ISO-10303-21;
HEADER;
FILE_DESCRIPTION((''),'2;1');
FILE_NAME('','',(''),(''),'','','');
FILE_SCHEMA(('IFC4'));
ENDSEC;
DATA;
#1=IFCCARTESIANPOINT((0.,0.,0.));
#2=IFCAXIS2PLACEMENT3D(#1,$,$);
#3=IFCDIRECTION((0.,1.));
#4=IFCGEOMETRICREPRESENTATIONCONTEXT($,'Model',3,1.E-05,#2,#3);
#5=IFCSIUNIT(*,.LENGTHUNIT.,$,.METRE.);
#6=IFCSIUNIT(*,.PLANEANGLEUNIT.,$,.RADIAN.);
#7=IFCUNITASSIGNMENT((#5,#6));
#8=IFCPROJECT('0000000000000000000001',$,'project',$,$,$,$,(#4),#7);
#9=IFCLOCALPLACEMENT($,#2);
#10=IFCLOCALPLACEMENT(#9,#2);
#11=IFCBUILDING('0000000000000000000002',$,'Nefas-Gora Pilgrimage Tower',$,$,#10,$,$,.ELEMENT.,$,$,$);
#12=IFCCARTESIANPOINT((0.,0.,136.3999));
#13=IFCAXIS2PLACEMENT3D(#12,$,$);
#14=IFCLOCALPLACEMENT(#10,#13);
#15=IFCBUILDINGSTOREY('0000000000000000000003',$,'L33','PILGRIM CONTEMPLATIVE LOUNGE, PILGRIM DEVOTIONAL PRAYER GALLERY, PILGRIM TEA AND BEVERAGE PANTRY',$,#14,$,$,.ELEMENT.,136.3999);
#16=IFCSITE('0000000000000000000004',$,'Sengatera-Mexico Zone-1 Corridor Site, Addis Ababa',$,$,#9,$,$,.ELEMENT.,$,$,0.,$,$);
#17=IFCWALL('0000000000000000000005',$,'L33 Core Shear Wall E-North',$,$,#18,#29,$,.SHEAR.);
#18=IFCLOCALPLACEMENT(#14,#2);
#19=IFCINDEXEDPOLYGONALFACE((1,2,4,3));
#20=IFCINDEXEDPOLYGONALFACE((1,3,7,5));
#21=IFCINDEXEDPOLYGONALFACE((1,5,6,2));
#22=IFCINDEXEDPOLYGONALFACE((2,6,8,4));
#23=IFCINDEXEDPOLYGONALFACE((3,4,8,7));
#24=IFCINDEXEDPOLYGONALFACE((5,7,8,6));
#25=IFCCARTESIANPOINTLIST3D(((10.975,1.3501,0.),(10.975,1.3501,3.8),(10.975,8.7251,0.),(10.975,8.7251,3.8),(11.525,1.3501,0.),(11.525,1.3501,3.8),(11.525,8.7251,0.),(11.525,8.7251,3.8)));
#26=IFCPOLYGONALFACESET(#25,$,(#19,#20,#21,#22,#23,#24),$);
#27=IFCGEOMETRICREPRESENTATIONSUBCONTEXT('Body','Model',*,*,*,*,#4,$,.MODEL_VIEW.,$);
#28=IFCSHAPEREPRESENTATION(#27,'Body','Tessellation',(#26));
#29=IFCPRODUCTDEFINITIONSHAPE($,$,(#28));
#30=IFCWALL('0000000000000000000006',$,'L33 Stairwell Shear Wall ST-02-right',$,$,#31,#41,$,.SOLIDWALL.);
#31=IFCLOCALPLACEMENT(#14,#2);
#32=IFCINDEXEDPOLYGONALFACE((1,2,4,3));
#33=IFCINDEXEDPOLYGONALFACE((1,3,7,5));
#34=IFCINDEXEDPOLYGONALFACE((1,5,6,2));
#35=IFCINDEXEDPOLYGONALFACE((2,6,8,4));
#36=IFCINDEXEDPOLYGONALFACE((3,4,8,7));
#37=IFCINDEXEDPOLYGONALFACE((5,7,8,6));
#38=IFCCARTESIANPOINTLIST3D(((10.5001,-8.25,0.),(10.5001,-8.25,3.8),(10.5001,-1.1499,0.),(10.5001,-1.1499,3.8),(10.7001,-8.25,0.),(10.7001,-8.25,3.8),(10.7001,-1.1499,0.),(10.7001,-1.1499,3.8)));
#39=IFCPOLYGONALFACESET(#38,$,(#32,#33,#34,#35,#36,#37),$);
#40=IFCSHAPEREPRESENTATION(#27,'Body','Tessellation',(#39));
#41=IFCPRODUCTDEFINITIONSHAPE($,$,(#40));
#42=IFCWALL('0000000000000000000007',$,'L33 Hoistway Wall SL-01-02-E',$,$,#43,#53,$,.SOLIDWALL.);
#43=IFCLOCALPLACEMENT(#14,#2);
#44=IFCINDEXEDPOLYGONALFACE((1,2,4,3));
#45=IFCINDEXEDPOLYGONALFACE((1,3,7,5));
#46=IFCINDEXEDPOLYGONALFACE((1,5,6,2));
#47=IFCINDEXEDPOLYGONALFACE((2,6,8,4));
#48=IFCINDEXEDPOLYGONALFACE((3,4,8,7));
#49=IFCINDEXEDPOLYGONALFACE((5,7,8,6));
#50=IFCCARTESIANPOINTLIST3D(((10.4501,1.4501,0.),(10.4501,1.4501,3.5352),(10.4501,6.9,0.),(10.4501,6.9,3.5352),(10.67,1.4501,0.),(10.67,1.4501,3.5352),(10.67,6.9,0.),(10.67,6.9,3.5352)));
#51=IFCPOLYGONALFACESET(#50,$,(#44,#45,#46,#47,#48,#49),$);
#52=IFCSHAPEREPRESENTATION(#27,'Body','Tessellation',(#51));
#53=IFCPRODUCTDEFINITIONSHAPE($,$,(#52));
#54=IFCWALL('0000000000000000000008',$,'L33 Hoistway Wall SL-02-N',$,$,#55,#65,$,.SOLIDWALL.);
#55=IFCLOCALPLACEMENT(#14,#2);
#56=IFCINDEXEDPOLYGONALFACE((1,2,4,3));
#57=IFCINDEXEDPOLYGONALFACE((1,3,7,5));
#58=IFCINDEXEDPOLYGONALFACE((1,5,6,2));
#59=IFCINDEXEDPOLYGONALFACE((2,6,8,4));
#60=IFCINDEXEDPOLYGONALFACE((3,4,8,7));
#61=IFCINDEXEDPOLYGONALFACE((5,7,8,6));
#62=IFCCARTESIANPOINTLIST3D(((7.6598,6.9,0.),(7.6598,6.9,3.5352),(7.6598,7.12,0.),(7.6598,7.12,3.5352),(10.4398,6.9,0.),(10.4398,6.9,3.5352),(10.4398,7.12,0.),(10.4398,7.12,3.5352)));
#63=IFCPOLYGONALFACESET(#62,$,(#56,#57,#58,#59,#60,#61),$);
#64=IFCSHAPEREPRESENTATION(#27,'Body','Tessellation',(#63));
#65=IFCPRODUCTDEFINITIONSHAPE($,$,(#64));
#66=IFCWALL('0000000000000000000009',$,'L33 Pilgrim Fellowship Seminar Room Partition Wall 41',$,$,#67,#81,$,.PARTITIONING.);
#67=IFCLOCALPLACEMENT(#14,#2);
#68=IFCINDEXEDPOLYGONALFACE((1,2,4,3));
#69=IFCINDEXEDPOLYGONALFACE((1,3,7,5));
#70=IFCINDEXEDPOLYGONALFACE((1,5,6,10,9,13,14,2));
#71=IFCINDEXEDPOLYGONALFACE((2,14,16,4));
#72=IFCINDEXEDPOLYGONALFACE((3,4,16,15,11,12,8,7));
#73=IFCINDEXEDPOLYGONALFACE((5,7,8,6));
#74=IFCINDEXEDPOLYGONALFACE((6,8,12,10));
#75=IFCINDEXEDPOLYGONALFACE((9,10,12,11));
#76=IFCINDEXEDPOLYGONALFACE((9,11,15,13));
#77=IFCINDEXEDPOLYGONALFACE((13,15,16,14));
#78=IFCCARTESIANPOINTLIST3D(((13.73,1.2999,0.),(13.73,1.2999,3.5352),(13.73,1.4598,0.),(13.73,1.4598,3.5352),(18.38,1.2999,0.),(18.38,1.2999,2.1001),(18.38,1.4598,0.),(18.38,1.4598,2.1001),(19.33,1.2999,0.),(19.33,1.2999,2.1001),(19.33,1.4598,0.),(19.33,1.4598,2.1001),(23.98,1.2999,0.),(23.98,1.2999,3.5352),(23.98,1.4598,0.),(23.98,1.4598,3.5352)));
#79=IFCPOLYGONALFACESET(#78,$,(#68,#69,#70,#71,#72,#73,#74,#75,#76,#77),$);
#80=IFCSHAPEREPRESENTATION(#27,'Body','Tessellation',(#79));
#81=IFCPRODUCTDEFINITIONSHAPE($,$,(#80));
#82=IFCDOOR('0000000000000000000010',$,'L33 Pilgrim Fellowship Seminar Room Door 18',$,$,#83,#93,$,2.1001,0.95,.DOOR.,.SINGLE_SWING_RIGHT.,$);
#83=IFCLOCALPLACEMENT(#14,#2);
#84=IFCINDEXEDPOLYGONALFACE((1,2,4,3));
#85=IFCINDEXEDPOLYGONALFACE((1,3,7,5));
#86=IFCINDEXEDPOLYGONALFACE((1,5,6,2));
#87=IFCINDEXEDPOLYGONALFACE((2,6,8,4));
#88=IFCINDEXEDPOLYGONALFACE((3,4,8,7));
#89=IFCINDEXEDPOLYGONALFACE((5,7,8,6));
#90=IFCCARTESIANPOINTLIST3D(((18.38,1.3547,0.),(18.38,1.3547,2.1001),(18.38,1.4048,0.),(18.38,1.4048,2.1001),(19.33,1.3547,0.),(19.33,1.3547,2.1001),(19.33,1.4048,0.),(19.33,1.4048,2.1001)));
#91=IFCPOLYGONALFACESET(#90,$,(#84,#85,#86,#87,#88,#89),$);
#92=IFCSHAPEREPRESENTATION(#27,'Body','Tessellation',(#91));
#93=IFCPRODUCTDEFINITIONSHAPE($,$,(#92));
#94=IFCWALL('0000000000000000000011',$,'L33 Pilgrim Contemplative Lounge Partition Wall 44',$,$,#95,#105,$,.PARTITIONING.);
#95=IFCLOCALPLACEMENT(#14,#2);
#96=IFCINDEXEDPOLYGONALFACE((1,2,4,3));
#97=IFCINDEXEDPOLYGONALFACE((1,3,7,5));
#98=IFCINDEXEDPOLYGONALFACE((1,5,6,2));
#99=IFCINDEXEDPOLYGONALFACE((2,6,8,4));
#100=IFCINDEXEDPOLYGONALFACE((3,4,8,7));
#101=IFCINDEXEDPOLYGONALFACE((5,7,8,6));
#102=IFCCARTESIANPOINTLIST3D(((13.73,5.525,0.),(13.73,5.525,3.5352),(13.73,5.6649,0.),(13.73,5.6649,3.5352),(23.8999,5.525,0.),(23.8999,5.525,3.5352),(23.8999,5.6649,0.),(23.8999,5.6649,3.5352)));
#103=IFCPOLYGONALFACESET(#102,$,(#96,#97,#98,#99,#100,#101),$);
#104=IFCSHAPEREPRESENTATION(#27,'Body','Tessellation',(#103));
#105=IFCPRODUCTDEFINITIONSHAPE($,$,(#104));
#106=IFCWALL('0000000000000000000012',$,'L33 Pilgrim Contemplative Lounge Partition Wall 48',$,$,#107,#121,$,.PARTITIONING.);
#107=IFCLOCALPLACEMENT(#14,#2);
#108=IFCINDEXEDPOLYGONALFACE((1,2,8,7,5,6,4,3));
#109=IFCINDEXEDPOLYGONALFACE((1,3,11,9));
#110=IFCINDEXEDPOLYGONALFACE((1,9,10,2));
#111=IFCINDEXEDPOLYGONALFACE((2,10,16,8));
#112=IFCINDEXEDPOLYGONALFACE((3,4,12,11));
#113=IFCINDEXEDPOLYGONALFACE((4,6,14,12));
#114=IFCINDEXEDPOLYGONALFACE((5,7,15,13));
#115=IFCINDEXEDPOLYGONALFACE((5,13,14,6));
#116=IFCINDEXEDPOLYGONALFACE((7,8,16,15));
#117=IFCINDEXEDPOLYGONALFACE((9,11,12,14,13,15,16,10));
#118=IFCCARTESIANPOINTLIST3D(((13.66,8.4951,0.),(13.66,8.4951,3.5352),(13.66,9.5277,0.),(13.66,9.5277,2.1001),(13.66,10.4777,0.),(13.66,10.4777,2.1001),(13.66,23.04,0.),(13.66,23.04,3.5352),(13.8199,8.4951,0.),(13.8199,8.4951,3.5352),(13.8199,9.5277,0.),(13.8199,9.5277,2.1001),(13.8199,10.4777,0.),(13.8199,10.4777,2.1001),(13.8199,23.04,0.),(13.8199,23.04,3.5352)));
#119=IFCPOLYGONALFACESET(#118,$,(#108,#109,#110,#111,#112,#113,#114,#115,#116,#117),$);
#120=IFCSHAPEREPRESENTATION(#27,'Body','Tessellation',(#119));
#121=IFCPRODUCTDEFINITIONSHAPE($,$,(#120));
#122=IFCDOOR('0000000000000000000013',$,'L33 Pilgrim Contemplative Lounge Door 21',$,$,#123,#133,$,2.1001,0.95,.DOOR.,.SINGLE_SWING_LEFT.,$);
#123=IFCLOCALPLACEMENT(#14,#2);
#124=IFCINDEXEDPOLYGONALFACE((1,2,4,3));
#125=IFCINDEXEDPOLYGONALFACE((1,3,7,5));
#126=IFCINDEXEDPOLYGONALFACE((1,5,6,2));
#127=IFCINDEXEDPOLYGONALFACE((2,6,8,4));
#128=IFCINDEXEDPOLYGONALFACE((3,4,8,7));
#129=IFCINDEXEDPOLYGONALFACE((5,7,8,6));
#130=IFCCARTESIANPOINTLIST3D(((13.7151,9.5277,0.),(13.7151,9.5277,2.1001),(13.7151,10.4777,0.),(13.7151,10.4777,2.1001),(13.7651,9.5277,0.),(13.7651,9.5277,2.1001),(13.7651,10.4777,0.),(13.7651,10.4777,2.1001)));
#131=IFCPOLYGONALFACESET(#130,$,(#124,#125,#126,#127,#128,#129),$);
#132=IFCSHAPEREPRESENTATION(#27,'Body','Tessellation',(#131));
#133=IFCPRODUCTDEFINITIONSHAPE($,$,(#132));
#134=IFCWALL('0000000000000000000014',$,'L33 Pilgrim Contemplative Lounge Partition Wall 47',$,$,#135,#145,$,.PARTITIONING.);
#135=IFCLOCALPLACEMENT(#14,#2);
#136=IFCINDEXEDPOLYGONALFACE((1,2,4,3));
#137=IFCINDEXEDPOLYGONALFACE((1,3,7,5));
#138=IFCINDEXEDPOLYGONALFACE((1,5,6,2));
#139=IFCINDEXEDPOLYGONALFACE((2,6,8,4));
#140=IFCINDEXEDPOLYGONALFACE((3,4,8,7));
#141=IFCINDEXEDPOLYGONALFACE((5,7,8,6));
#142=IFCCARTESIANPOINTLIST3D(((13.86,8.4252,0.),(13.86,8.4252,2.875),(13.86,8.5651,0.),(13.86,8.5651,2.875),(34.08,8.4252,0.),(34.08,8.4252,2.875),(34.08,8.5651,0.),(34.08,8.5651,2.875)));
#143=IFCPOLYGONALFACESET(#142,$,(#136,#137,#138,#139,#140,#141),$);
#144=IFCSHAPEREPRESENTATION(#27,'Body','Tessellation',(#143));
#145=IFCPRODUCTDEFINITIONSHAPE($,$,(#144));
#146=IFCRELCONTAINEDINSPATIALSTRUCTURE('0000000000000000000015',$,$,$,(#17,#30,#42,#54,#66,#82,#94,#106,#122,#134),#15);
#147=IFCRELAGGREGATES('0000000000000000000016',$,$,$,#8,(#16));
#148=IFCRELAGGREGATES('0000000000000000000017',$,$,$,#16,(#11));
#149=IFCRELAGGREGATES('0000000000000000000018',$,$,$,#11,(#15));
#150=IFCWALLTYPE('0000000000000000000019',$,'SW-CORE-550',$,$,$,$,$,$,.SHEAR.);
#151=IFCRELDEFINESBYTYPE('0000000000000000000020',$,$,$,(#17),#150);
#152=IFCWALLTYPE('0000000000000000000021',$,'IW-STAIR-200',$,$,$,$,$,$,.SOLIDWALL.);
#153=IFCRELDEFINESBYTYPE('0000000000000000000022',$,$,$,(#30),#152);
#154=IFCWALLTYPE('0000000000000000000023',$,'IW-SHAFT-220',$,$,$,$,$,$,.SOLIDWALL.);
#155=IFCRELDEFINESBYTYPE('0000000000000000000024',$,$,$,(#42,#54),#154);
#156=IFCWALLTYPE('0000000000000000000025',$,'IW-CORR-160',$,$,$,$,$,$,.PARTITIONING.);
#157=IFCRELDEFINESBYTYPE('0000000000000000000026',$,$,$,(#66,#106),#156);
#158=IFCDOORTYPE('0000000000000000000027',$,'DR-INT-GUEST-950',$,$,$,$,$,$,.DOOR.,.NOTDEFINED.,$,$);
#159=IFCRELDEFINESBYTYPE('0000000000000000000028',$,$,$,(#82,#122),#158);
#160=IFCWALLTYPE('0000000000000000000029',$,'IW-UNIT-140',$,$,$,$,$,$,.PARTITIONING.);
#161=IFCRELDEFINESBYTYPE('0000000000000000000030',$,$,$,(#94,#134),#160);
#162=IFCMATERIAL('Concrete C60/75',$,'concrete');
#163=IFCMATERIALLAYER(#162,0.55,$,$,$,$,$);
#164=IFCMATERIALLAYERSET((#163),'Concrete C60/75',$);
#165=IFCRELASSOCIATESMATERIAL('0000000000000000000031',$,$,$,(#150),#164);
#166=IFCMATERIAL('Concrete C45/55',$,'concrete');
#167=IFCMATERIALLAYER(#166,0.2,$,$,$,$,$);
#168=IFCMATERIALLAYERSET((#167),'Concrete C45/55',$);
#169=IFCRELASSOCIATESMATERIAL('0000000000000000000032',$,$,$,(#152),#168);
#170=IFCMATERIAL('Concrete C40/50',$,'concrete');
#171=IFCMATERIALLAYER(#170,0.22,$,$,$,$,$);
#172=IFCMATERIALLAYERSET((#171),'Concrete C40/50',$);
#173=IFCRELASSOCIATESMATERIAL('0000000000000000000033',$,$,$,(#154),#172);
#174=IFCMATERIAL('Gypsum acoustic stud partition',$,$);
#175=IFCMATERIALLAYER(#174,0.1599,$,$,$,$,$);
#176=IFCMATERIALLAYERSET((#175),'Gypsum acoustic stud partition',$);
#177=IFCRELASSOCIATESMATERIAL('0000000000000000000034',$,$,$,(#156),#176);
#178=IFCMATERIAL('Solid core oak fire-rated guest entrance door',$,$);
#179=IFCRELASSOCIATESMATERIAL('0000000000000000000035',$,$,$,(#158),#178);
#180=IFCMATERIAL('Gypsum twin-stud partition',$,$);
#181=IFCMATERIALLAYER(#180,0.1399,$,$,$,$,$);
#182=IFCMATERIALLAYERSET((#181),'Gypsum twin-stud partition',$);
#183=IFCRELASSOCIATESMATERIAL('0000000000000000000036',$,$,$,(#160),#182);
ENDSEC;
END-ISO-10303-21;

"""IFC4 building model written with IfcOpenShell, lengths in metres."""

from ifc_helpers import new_model, si_unit, direction, frame, frame_2d, origin, place, context, subcontext, project, spatial, rectangle, extrude, source, transform, mapped, material, layer, layer_set, type_object, element, fill, save


model = new_model("IFC4")

# Units and contexts
model_context = context("Model", 3, precision=1e-05, world=origin(), true_north=direction((0.0, 1.0)))
body_context = subcontext(model_context, "Body", "Model", "MODEL_VIEW")
ifc_project = project(units=[si_unit("LENGTHUNIT", "METRE"), si_unit("PLANEANGLEUNIT", "RADIAN")], contexts=[model_context])

# Site, building, storey
site_placement = place(None, origin())
site = spatial("IfcSite", under=ifc_project, at=site_placement, Name="Sengatera-Mexico Zone-1 Corridor Site, Addis Ababa", CompositionType="ELEMENT", RefElevation=0.0)
building_placement = place(site_placement, origin())
building = spatial("IfcBuilding", under=site, at=building_placement, Name="Nefas-Gora Pilgrimage Tower", CompositionType="ELEMENT")
storey_placement = place(building_placement, frame((0.0, 0.0, 136.3999)))
storey = spatial("IfcBuildingStorey", under=building, at=storey_placement, Name="L33", Description="PILGRIM CONTEMPLATIVE LOUNGE, PILGRIM DEVOTIONAL PRAYER GALLERY, PILGRIM TEA AND BEVERAGE PANTRY", CompositionType="ELEMENT", Elevation=136.3999)

# Walls
ifc_material_1 = material(Name="Concrete C60/75", Category="concrete")
ifc_layer_1 = layer(ifc_material_1, 0.55)
ifc_layer_set_1 = layer_set([ifc_layer_1], Name="Concrete C60/75")
wall_type_1 = type_object("IfcWallType", Name="SW-CORE-550", PredefinedType="SHEAR", material=ifc_layer_set_1)
shared_shape_1 = source(origin(), body_context, "Body", "SweptSolid", [
    extrude(rectangle(XDim=7.375, YDim=0.55, at=frame_2d((3.6875, 0.0))), origin(), (0.0, 0.0, 1.0), 3.8),
])
wall_1_placement = place(storey_placement, frame((11.25, 1.3501, 0.0), z_axis=(0.0, 0.0, 1.0), x_axis=(0.0, 1.0, 0.0)))
element("IfcWall", 1, at=wall_1_placement, inside=storey, type_object=wall_type_1, Name="L33 Core Shear Wall E-North", PredefinedType="SHEAR", context=body_context, shape_type="MappedRepresentation", body=[
    mapped(shared_shape_1, transform((0.0, 0.0, 0.0), x_axis=(1.0, 0.0, 0.0), y_axis=(0.0, 1.0, 0.0), z_axis=(0.0, 0.0, 1.0), scale=1.0)),
])
ifc_material_2 = material(Name="Concrete C45/55", Category="concrete")
ifc_layer_2 = layer(ifc_material_2, 0.2)
ifc_layer_set_2 = layer_set([ifc_layer_2], Name="Concrete C45/55")
wall_type_2 = type_object("IfcWallType", Name="IW-STAIR-200", PredefinedType="SOLIDWALL", material=ifc_layer_set_2)
shared_shape_2 = source(origin(), body_context, "Body", "SweptSolid", [
    extrude(rectangle(XDim=7.1001, YDim=0.2, at=frame_2d((3.55, 0.0))), origin(), (0.0, 0.0, 1.0), 3.8),
])
wall_2_placement = place(storey_placement, frame((10.6001, -1.1499, 0.0), z_axis=(0.0, 0.0, 1.0), x_axis=(0.0, -1.0, 0.0)))
element("IfcWall", 2, at=wall_2_placement, inside=storey, type_object=wall_type_2, Name="L33 Stairwell Shear Wall ST-02-right", PredefinedType="SOLIDWALL", context=body_context, shape_type="MappedRepresentation", body=[
    mapped(shared_shape_2, transform((0.0, 0.0, 0.0), x_axis=(1.0, 0.0, 0.0), y_axis=(0.0, 1.0, 0.0), z_axis=(0.0, 0.0, 1.0), scale=1.0)),
])
ifc_material_3 = material(Name="Concrete C40/50", Category="concrete")
ifc_layer_3 = layer(ifc_material_3, 0.22)
ifc_layer_set_3 = layer_set([ifc_layer_3], Name="Concrete C40/50")
wall_type_3 = type_object("IfcWallType", Name="IW-SHAFT-220", PredefinedType="SOLIDWALL", material=ifc_layer_set_3)
shared_shape_3 = source(origin(), body_context, "Body", "SweptSolid", [
    extrude(rectangle(XDim=5.45, YDim=0.22, at=frame_2d((2.7251, 0.0))), origin(), (0.0, 0.0, 1.0), 3.5352),
])
wall_3_placement = place(storey_placement, frame((10.5601, 1.45, 0.0), z_axis=(0.0, 0.0, 1.0), x_axis=(0.0, 1.0, 0.0)))
element("IfcWall", 3, at=wall_3_placement, inside=storey, type_object=wall_type_3, Name="L33 Hoistway Wall SL-01-02-E", PredefinedType="SOLIDWALL", context=body_context, shape_type="MappedRepresentation", body=[
    mapped(shared_shape_3, transform((0.0, 0.0, 0.0), x_axis=(1.0, 0.0, 0.0), y_axis=(0.0, 1.0, 0.0), z_axis=(0.0, 0.0, 1.0), scale=1.0)),
])
shared_shape_4 = source(origin(), body_context, "Body", "SweptSolid", [
    extrude(rectangle(XDim=2.78, YDim=0.22, at=frame_2d((1.3901, 0.0))), origin(), (0.0, 0.0, 1.0), 3.5352),
])
wall_4_placement = place(storey_placement, frame((10.4399, 7.01, 0.0), z_axis=(0.0, 0.0, 1.0), x_axis=(-1.0, 0.0, 0.0)))
element("IfcWall", 4, at=wall_4_placement, inside=storey, type_object=wall_type_3, Name="L33 Hoistway Wall SL-02-N", PredefinedType="SOLIDWALL", context=body_context, shape_type="MappedRepresentation", body=[
    mapped(shared_shape_4, transform((0.0, 0.0, 0.0), x_axis=(1.0, 0.0, 0.0), y_axis=(0.0, 1.0, 0.0), z_axis=(0.0, 0.0, 1.0), scale=1.0)),
])

# Wall, opening, door
ifc_material_4 = material(Name="Gypsum acoustic stud partition")
ifc_layer_4 = layer(ifc_material_4, 0.1599)
ifc_layer_set_4 = layer_set([ifc_layer_4], Name="Gypsum acoustic stud partition")
wall_type_4 = type_object("IfcWallType", Name="IW-CORR-160", PredefinedType="PARTITIONING", material=ifc_layer_set_4)
shared_shape_5 = source(origin(), body_context, "Body", "SweptSolid", [
    extrude(rectangle(XDim=10.25, YDim=0.1599, at=frame_2d((5.125, 0.0))), origin(), (0.0, 0.0, 1.0), 3.5352),
])
wall_5_placement = place(storey_placement, frame((13.73, 1.3799, 0.0), z_axis=(0.0, 0.0, 1.0), x_axis=(1.0, 0.0, 0.0)))
wall_5 = element("IfcWall", 5, at=wall_5_placement, inside=storey, type_object=wall_type_4, Name="L33 Pilgrim Fellowship Seminar Room Partition Wall 41", PredefinedType="PARTITIONING", context=body_context, shape_type="MappedRepresentation", body=[
    mapped(shared_shape_5, transform((0.0, 0.0, 0.0), x_axis=(1.0, 0.0, 0.0), y_axis=(0.0, 1.0, 0.0), z_axis=(0.0, 0.0, 1.0), scale=1.0)),
])
opening_1_placement = place(wall_5_placement, frame((4.6499, 0.0, 0.0)))
opening_1 = element("IfcOpeningElement", 6, at=opening_1_placement, cuts=wall_5, PredefinedType="OPENING", context=body_context, shape_type="SweptSolid", body=[
    extrude(rectangle(XDim=0.95, YDim=2.1001, at=frame_2d((0.4751, 1.05))), frame((0.0, 0.0898, 0.0), z_axis=(0.0, -1.0, 0.0), x_axis=(1.0, 0.0, 0.0)), (0.0, 0.0, 1.0), 0.1799),
])
ifc_material_5 = material(Name="Solid core oak fire-rated guest entrance door")
door_type = type_object("IfcDoorType", Name="DR-INT-GUEST-950", OperationType="NOTDEFINED", PredefinedType="DOOR", material=ifc_material_5)
shared_shape_6 = source(origin(), body_context, "Body", "SweptSolid", [
    extrude(rectangle(XDim=0.95, YDim=2.1001, at=frame_2d((0.4751, 1.05))), frame((0.0, 0.0249, 0.0), z_axis=(0.0, -1.0, 0.0), x_axis=(1.0, 0.0, 0.0)), (0.0, 0.0, 1.0), 0.05),
])
door_1_placement = place(opening_1_placement, origin())
door_1 = element("IfcDoor", 7, at=door_1_placement, inside=storey, type_object=door_type, Name="L33 Pilgrim Fellowship Seminar Room Door 18", OperationType="SINGLE_SWING_RIGHT", OverallHeight=2.1001, OverallWidth=0.95, PredefinedType="DOOR", context=body_context, shape_type="MappedRepresentation", body=[
    mapped(shared_shape_6, transform((0.0, 0.0, 0.0), x_axis=(1.0, 0.0, 0.0), y_axis=(0.0, 1.0, 0.0), z_axis=(0.0, 0.0, 1.0), scale=1.0)),
])
fill(opening_1, door_1)

# Wall
ifc_material_6 = material(Name="Gypsum twin-stud partition")
ifc_layer_5 = layer(ifc_material_6, 0.1399)
ifc_layer_set_5 = layer_set([ifc_layer_5], Name="Gypsum twin-stud partition")
wall_type_5 = type_object("IfcWallType", Name="IW-UNIT-140", PredefinedType="PARTITIONING", material=ifc_layer_set_5)
shared_shape_7 = source(origin(), body_context, "Body", "SweptSolid", [
    extrude(rectangle(XDim=10.1699, YDim=0.1399, at=frame_2d((5.085, 0.0))), origin(), (0.0, 0.0, 1.0), 3.5352),
])
wall_6_placement = place(storey_placement, frame((13.73, 5.595, 0.0), z_axis=(0.0, 0.0, 1.0), x_axis=(1.0, 0.0, 0.0)))
element("IfcWall", 8, at=wall_6_placement, inside=storey, type_object=wall_type_5, Name="L33 Pilgrim Contemplative Lounge Partition Wall 44", PredefinedType="PARTITIONING", context=body_context, shape_type="MappedRepresentation", body=[
    mapped(shared_shape_7, transform((0.0, 0.0, 0.0), x_axis=(1.0, 0.0, 0.0), y_axis=(0.0, 1.0, 0.0), z_axis=(0.0, 0.0, 1.0), scale=1.0)),
])

# Wall, opening, door
shared_shape_8 = source(origin(), body_context, "Body", "SweptSolid", [
    extrude(rectangle(XDim=14.5449, YDim=0.1599, at=frame_2d((7.2725, 0.0))), origin(), (0.0, 0.0, 1.0), 3.5352),
])
wall_7_placement = place(storey_placement, frame((13.74, 8.4951, 0.0), z_axis=(0.0, 0.0, 1.0), x_axis=(0.0, 1.0, 0.0)))
wall_7 = element("IfcWall", 9, at=wall_7_placement, inside=storey, type_object=wall_type_4, Name="L33 Pilgrim Contemplative Lounge Partition Wall 48", PredefinedType="PARTITIONING", context=body_context, shape_type="MappedRepresentation", body=[
    mapped(shared_shape_8, transform((0.0, 0.0, 0.0), x_axis=(1.0, 0.0, 0.0), y_axis=(0.0, 1.0, 0.0), z_axis=(0.0, 0.0, 1.0), scale=1.0)),
])
opening_2_placement = place(wall_7_placement, frame((1.0325, 0.0, 0.0)))
opening_2 = element("IfcOpeningElement", 10, at=opening_2_placement, cuts=wall_7, PredefinedType="OPENING", context=body_context, shape_type="SweptSolid", body=[
    extrude(rectangle(XDim=0.95, YDim=2.1001, at=frame_2d((0.4751, 1.05))), frame((0.0, 0.0898, 0.0), z_axis=(0.0, -1.0, 0.0), x_axis=(1.0, 0.0, 0.0)), (0.0, 0.0, 1.0), 0.1799),
])
door_2_placement = place(opening_2_placement, origin())
door_2 = element("IfcDoor", 11, at=door_2_placement, inside=storey, type_object=door_type, Name="L33 Pilgrim Contemplative Lounge Door 21", OperationType="SINGLE_SWING_LEFT", OverallHeight=2.1001, OverallWidth=0.95, PredefinedType="DOOR", context=body_context, shape_type="MappedRepresentation", body=[
    mapped(shared_shape_6, transform((0.0, 0.0, 0.0), x_axis=(1.0, 0.0, 0.0), y_axis=(0.0, 1.0, 0.0), z_axis=(0.0, 0.0, 1.0), scale=1.0)),
])
fill(opening_2, door_2)

# Wall
shared_shape_9 = source(origin(), body_context, "Body", "SweptSolid", [
    extrude(rectangle(XDim=20.22, YDim=0.1399, at=frame_2d((10.1099, 0.0))), origin(), (0.0, 0.0, 1.0), 2.875),
])
wall_8_placement = place(storey_placement, frame((13.8601, 8.4951, 0.0), z_axis=(0.0, 0.0, 1.0), x_axis=(1.0, 0.0, 0.0)))
element("IfcWall", 12, at=wall_8_placement, inside=storey, type_object=wall_type_5, Name="L33 Pilgrim Contemplative Lounge Partition Wall 47", PredefinedType="PARTITIONING", context=body_context, shape_type="MappedRepresentation", body=[
    mapped(shared_shape_9, transform((0.0, 0.0, 0.0), x_axis=(1.0, 0.0, 0.0), y_axis=(0.0, 1.0, 0.0), z_axis=(0.0, 0.0, 1.0), scale=1.0)),
])

save(model, "model.ifc")
